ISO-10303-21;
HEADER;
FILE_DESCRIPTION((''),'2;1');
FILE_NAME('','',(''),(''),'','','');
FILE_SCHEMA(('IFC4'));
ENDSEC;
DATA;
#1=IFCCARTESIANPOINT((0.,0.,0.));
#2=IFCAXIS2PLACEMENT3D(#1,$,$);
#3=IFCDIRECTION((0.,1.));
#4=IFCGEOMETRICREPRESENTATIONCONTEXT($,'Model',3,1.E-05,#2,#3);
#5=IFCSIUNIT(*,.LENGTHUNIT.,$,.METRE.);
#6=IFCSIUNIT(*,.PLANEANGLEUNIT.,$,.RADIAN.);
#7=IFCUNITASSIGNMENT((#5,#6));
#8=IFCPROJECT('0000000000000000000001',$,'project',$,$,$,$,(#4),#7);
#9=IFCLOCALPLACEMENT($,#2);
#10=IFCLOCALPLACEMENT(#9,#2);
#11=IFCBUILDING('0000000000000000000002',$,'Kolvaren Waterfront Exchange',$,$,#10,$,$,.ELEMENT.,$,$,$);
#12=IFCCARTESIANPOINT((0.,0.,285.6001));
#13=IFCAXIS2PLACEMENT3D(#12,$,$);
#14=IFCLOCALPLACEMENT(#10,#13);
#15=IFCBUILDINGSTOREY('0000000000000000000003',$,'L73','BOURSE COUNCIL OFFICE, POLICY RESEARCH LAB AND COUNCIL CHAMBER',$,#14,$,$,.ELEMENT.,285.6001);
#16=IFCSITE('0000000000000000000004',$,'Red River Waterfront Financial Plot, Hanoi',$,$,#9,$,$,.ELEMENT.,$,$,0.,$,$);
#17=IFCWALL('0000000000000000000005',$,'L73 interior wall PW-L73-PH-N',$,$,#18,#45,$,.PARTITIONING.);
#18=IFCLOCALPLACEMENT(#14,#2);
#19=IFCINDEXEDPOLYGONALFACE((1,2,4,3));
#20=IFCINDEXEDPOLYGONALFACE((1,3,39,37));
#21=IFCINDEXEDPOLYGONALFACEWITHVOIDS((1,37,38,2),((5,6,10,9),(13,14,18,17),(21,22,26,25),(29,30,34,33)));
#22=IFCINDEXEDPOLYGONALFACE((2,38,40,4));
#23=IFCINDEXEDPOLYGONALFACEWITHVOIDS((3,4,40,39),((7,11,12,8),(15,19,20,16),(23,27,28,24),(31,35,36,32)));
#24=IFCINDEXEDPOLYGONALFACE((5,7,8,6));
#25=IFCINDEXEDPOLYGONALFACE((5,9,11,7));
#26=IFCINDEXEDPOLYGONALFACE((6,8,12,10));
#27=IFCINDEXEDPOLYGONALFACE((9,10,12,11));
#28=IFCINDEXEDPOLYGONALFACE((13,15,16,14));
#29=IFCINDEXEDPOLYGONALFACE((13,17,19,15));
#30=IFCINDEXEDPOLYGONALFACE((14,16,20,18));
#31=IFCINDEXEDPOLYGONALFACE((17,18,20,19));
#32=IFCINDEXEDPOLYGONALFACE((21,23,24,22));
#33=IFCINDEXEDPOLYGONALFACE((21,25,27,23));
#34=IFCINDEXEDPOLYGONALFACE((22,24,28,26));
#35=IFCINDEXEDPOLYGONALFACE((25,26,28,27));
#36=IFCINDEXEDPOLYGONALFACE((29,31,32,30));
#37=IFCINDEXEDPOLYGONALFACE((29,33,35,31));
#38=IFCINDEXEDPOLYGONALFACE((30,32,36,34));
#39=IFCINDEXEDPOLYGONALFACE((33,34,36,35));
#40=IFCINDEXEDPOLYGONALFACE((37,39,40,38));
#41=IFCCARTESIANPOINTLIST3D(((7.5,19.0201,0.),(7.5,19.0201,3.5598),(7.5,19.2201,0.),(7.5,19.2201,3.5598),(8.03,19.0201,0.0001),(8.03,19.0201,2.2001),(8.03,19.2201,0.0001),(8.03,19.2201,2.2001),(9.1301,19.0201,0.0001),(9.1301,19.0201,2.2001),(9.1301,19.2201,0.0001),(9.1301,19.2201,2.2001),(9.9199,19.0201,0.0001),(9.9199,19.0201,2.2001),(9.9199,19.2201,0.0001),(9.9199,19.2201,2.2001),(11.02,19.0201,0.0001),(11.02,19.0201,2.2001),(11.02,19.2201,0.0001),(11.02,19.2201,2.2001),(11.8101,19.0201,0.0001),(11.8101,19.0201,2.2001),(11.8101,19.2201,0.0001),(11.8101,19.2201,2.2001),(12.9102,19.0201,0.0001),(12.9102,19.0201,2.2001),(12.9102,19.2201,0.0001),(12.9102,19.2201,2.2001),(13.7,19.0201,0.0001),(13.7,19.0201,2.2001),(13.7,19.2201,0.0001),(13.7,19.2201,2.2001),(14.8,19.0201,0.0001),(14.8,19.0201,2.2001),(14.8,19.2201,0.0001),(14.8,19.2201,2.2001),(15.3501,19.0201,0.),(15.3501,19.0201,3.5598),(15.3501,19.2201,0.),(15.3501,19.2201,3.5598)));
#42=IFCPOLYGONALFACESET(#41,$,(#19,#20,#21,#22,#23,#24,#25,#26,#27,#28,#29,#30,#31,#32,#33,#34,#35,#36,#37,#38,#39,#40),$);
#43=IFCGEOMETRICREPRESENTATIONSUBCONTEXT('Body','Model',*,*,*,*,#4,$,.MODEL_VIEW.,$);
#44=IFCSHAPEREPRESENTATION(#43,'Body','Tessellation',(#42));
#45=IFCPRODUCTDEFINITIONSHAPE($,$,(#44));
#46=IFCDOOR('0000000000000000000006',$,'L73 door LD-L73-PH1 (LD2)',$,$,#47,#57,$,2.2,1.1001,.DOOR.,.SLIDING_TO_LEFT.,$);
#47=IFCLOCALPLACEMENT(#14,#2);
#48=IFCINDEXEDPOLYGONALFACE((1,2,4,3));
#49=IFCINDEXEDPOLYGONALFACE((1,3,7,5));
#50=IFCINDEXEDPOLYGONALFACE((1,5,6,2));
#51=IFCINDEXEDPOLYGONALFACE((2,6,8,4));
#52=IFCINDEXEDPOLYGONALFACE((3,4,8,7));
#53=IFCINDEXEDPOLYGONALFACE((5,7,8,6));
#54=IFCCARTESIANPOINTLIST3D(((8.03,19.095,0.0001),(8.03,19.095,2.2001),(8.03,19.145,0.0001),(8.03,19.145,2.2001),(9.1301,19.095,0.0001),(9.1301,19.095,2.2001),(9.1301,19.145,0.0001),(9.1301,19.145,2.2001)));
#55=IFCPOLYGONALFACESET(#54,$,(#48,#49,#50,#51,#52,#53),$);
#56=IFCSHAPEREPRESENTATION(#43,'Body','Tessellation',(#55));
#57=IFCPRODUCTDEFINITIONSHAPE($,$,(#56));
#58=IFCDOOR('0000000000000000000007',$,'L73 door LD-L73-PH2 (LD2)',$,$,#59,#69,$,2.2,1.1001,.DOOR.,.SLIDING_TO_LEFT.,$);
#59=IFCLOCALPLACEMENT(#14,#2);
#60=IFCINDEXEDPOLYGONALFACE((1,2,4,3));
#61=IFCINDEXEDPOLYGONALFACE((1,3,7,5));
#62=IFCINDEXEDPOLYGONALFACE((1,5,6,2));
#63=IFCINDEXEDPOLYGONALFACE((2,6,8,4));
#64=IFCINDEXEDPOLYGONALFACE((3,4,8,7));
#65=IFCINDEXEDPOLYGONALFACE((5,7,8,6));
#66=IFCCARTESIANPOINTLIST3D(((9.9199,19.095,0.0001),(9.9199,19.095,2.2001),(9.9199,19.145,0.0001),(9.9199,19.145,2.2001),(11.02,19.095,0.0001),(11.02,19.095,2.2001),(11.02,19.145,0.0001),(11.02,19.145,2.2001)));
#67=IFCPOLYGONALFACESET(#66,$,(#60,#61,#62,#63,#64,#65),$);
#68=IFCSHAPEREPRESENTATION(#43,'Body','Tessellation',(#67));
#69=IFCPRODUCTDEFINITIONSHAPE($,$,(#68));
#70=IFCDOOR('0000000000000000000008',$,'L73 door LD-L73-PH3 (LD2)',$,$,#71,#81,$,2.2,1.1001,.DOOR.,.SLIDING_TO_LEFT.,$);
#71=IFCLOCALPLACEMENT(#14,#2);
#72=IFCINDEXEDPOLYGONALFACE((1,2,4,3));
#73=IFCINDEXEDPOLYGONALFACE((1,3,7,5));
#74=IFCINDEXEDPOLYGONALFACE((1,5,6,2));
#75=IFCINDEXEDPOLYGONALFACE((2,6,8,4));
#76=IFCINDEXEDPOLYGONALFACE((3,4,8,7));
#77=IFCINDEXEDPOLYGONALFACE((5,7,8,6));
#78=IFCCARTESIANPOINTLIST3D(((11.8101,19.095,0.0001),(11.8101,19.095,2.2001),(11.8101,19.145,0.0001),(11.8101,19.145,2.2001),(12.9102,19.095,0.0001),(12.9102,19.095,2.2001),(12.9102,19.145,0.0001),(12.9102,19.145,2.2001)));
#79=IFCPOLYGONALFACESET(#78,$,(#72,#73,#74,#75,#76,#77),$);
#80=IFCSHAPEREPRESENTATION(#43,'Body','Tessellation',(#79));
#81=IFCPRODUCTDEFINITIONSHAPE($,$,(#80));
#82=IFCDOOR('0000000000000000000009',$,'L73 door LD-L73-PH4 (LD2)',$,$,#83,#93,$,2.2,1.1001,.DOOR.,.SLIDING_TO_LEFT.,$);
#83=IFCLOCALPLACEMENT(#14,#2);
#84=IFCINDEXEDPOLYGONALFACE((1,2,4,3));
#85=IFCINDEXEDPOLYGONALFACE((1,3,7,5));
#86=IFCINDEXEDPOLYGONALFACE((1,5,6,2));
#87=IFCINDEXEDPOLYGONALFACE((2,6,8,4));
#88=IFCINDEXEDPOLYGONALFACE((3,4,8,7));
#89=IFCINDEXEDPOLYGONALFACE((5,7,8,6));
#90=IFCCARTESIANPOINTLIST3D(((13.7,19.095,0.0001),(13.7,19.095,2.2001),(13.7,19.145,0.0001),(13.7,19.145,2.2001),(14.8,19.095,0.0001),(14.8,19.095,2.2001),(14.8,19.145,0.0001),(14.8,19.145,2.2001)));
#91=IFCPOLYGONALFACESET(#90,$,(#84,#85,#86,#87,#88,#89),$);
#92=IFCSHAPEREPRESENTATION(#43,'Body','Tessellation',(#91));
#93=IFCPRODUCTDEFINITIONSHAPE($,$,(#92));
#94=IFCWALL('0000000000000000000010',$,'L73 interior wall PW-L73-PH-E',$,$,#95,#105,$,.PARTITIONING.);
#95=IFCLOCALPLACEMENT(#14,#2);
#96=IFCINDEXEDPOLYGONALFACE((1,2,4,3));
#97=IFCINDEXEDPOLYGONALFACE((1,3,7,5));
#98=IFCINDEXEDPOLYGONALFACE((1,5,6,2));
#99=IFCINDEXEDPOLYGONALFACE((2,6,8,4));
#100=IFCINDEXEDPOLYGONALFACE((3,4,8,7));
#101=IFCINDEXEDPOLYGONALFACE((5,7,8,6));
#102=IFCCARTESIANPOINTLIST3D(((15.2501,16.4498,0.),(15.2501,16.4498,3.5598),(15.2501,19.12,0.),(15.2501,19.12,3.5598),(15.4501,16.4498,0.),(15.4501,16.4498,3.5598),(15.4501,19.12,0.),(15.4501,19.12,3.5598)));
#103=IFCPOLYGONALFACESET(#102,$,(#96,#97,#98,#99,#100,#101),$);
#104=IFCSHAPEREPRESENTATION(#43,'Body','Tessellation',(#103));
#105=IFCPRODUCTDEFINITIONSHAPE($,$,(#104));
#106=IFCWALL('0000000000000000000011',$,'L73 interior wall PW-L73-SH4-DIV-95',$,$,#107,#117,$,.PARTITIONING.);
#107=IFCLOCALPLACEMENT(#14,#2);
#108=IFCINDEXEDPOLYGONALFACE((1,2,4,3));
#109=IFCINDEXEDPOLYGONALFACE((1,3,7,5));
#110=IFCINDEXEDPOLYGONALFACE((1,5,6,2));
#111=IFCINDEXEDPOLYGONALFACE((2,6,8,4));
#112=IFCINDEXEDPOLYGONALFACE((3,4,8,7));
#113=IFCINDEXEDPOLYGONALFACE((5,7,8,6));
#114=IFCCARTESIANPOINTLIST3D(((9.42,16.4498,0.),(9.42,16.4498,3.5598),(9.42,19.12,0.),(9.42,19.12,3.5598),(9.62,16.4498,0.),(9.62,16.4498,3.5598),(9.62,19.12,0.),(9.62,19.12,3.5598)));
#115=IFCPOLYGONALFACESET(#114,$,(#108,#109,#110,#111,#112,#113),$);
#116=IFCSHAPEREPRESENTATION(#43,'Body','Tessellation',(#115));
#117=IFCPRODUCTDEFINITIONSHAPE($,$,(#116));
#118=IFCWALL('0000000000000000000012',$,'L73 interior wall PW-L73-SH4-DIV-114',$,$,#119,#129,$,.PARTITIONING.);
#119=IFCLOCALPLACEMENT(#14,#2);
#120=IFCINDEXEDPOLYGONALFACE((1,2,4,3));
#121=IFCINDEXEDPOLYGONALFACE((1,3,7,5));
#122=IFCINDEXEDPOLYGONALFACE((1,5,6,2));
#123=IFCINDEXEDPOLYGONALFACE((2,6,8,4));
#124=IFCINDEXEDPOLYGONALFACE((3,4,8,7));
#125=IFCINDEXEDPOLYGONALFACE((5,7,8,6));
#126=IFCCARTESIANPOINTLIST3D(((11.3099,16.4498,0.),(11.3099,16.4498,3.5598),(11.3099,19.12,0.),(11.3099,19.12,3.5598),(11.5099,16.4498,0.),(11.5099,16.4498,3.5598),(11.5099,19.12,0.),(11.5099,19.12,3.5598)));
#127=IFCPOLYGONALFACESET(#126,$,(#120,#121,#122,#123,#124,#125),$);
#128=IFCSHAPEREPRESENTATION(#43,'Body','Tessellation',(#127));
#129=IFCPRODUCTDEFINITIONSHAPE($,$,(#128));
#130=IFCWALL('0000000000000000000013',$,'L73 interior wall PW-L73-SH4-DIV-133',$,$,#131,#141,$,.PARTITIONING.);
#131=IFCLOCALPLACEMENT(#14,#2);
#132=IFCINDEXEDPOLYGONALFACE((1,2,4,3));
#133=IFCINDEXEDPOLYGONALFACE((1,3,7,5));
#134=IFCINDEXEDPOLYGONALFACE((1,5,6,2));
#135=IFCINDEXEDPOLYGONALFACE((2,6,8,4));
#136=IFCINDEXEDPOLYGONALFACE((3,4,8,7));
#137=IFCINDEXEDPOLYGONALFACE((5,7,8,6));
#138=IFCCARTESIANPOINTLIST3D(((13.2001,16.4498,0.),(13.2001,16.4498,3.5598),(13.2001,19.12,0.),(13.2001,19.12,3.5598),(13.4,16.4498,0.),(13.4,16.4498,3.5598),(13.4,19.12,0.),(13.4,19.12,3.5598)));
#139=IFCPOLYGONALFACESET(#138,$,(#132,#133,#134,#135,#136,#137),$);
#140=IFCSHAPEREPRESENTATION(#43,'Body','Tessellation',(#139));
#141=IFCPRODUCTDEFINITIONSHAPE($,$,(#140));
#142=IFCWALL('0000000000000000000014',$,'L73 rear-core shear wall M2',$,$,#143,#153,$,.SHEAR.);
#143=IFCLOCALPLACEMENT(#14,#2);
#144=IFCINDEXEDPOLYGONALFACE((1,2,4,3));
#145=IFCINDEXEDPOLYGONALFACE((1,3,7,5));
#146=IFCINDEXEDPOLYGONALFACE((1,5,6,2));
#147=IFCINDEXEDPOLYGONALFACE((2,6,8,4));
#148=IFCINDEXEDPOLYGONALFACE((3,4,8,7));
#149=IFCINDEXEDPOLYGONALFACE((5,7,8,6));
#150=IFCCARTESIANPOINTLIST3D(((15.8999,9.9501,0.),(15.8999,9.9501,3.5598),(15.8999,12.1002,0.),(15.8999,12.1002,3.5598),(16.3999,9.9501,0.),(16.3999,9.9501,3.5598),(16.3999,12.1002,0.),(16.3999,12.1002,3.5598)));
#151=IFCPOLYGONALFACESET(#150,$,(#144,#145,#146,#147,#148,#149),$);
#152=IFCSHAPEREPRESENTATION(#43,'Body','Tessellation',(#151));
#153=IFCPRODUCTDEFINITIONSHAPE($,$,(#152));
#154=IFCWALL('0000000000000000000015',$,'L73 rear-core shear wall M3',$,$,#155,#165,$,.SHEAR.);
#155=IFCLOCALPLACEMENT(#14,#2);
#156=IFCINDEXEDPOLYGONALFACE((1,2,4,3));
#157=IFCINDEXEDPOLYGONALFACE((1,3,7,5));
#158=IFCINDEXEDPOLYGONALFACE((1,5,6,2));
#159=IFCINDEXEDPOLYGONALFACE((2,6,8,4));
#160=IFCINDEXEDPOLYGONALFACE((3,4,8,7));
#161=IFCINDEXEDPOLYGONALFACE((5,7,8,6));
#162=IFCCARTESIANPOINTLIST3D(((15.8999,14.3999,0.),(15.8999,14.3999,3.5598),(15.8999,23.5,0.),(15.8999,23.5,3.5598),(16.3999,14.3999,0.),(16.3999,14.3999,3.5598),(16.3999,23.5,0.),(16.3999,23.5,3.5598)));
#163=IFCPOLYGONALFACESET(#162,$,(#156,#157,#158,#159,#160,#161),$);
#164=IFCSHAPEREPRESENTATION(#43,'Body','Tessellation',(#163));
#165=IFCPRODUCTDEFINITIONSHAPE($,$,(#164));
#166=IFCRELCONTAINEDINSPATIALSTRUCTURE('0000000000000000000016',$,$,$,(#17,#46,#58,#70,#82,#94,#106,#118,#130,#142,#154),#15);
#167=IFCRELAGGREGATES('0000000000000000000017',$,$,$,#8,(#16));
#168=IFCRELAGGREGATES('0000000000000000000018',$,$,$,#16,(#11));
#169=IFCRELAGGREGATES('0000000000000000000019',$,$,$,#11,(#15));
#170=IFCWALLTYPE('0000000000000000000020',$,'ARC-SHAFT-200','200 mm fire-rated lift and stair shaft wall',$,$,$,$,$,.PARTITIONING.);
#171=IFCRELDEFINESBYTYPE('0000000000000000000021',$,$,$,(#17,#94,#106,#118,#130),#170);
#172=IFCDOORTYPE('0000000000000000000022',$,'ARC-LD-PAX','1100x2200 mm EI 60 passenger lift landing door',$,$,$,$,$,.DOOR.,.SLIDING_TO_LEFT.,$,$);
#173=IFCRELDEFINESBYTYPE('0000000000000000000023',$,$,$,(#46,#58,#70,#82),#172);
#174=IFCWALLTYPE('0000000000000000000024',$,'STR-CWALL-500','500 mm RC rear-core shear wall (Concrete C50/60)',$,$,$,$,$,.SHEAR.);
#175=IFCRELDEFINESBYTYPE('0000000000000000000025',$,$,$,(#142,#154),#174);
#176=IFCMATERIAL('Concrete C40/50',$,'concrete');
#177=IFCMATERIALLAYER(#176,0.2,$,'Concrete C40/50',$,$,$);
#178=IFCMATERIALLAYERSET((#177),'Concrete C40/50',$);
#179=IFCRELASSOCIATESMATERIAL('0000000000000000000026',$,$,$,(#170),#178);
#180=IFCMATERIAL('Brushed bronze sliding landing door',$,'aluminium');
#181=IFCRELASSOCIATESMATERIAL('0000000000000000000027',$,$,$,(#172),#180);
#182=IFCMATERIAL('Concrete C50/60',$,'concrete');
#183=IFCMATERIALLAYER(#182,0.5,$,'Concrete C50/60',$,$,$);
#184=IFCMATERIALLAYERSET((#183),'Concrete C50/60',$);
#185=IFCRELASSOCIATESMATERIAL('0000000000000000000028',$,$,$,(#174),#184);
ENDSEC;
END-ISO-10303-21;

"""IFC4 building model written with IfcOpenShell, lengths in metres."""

from ifc_helpers import new_model, si_unit, direction, frame, frame_2d, origin, place, context, subcontext, project, spatial, rectangle, extrude, material, layer, layer_set, type_object, element, fill, save


model = new_model("IFC4")

# Units and contexts
model_context = context("Model", 3, precision=1e-05, world=origin(), true_north=direction((0.0, 1.0)))
body_context = subcontext(model_context, "Body", "Model", "MODEL_VIEW")
ifc_project = project(units=[si_unit("LENGTHUNIT", "METRE"), si_unit("PLANEANGLEUNIT", "RADIAN")], contexts=[model_context])

# Site, building, storey
site_placement = place(None, origin())
site = spatial("IfcSite", under=ifc_project, at=site_placement, Name="Red River Waterfront Financial Plot, Hanoi", CompositionType="ELEMENT", RefElevation=0.0)
building_placement = place(site_placement, origin())
building = spatial("IfcBuilding", under=site, at=building_placement, Name="Kolvaren Waterfront Exchange", CompositionType="ELEMENT")
storey_placement = place(building_placement, frame((0.0, 0.0, 285.6001)))
storey = spatial("IfcBuildingStorey", under=building, at=storey_placement, Name="L73", Description="BOURSE COUNCIL OFFICE, POLICY RESEARCH LAB AND COUNCIL CHAMBER", CompositionType="ELEMENT", Elevation=285.6001)

# Wall, openings, doors
ifc_material_1 = material(Name="Concrete C40/50", Category="concrete")
ifc_layer_1 = layer(ifc_material_1, 0.2, Name="Concrete C40/50")
ifc_layer_set_1 = layer_set([ifc_layer_1], Name="Concrete C40/50")
wall_type_1 = type_object("IfcWallType", Name="ARC-SHAFT-200", Description="200 mm fire-rated lift and stair shaft wall", PredefinedType="PARTITIONING", material=ifc_layer_set_1)
wall_1_placement = place(storey_placement, frame((7.5, 19.1201, 0.0), z_axis=(0.0, 0.0, 1.0), x_axis=(1.0, 0.0, 0.0)))
wall_1 = element("IfcWall", 1, at=wall_1_placement, inside=storey, type_object=wall_type_1, Name="L73 interior wall PW-L73-PH-N", PredefinedType="PARTITIONING", context=body_context, shape_type="SweptSolid", body=[
    extrude(rectangle(XDim=7.8501, YDim=0.2, at=frame_2d((3.925, 0.0))), origin(), (0.0, 0.0, 1.0), 3.5598),
])
opening_1_placement = place(wall_1_placement, frame((0.53, 0.0, 0.0)))
opening_1 = element("IfcOpeningElement", 2, at=opening_1_placement, cuts=wall_1, PredefinedType="OPENING", context=body_context, shape_type="SweptSolid", body=[
    extrude(rectangle(XDim=1.1001, YDim=2.2, at=frame_2d((0.55, 1.1001))), frame((0.0, 0.1099, 0.0), z_axis=(0.0, -1.0, 0.0), x_axis=(1.0, 0.0, 0.0)), (0.0, 0.0, 1.0), 0.22),
])
opening_2_placement = place(wall_1_placement, frame((2.4199, 0.0, 0.0)))
opening_2 = element("IfcOpeningElement", 3, at=opening_2_placement, cuts=wall_1, PredefinedType="OPENING", context=body_context, shape_type="SweptSolid", body=[
    extrude(rectangle(XDim=1.1001, YDim=2.2, at=frame_2d((0.55, 1.1001))), frame((0.0, 0.1099, 0.0), z_axis=(0.0, -1.0, 0.0), x_axis=(1.0, 0.0, 0.0)), (0.0, 0.0, 1.0), 0.22),
])
opening_3_placement = place(wall_1_placement, frame((4.3101, 0.0, 0.0)))
opening_3 = element("IfcOpeningElement", 4, at=opening_3_placement, cuts=wall_1, PredefinedType="OPENING", context=body_context, shape_type="SweptSolid", body=[
    extrude(rectangle(XDim=1.1001, YDim=2.2, at=frame_2d((0.55, 1.1001))), frame((0.0, 0.1099, 0.0), z_axis=(0.0, -1.0, 0.0), x_axis=(1.0, 0.0, 0.0)), (0.0, 0.0, 1.0), 0.22),
])
opening_4_placement = place(wall_1_placement, frame((6.2, 0.0, 0.0)))
opening_4 = element("IfcOpeningElement", 5, at=opening_4_placement, cuts=wall_1, PredefinedType="OPENING", context=body_context, shape_type="SweptSolid", body=[
    extrude(rectangle(XDim=1.1001, YDim=2.2, at=frame_2d((0.55, 1.1001))), frame((0.0, 0.1099, 0.0), z_axis=(0.0, -1.0, 0.0), x_axis=(1.0, 0.0, 0.0)), (0.0, 0.0, 1.0), 0.22),
])
ifc_material_2 = material(Name="Brushed bronze sliding landing door", Category="aluminium")
door_type_1 = type_object("IfcDoorType", Name="ARC-LD-PAX", Description="1100x2200 mm EI 60 passenger lift landing door", OperationType="SLIDING_TO_LEFT", PredefinedType="DOOR", material=ifc_material_2)
door_1_placement = place(opening_1_placement, origin())
door_1 = element("IfcDoor", 6, at=door_1_placement, inside=storey, type_object=door_type_1, Name="L73 door LD-L73-PH1 (LD2)", OperationType="SLIDING_TO_LEFT", OverallHeight=2.2, OverallWidth=1.1001, PredefinedType="DOOR", context=body_context, shape_type="SweptSolid", body=[
    extrude(rectangle(XDim=1.1001, YDim=2.2, at=frame_2d((0.55, 1.1001))), frame((0.0, 0.0249, 0.0), z_axis=(0.0, -1.0, 0.0), x_axis=(1.0, 0.0, 0.0)), (0.0, 0.0, 1.0), 0.05),
])
fill(opening_1, door_1)
door_2_placement = place(opening_2_placement, origin())
door_2 = element("IfcDoor", 7, at=door_2_placement, inside=storey, type_object=door_type_1, Name="L73 door LD-L73-PH2 (LD2)", OperationType="SLIDING_TO_LEFT", OverallHeight=2.2, OverallWidth=1.1001, PredefinedType="DOOR", context=body_context, shape_type="SweptSolid", body=[
    extrude(rectangle(XDim=1.1001, YDim=2.2, at=frame_2d((0.55, 1.1001))), frame((0.0, 0.0249, 0.0), z_axis=(0.0, -1.0, 0.0), x_axis=(1.0, 0.0, 0.0)), (0.0, 0.0, 1.0), 0.05),
])
fill(opening_2, door_2)
door_3_placement = place(opening_3_placement, origin())
door_3 = element("IfcDoor", 8, at=door_3_placement, inside=storey, type_object=door_type_1, Name="L73 door LD-L73-PH3 (LD2)", OperationType="SLIDING_TO_LEFT", OverallHeight=2.2, OverallWidth=1.1001, PredefinedType="DOOR", context=body_context, shape_type="SweptSolid", body=[
    extrude(rectangle(XDim=1.1001, YDim=2.2, at=frame_2d((0.55, 1.1001))), frame((0.0, 0.0249, 0.0), z_axis=(0.0, -1.0, 0.0), x_axis=(1.0, 0.0, 0.0)), (0.0, 0.0, 1.0), 0.05),
])
fill(opening_3, door_3)
door_4_placement = place(opening_4_placement, origin())
door_4 = element("IfcDoor", 9, at=door_4_placement, inside=storey, type_object=door_type_1, Name="L73 door LD-L73-PH4 (LD2)", OperationType="SLIDING_TO_LEFT", OverallHeight=2.2, OverallWidth=1.1001, PredefinedType="DOOR", context=body_context, shape_type="SweptSolid", body=[
    extrude(rectangle(XDim=1.1001, YDim=2.2, at=frame_2d((0.55, 1.1001))), frame((0.0, 0.0249, 0.0), z_axis=(0.0, -1.0, 0.0), x_axis=(1.0, 0.0, 0.0)), (0.0, 0.0, 1.0), 0.05),
])
fill(opening_4, door_4)

# Walls
for number, where, z_axis, x_axis, name in (
    (10, (15.3501, 16.45, 0.0), (0.0, 0.0, 1.0), (0.0, 1.0, 0.0), "L73 interior wall PW-L73-PH-E"),
    (11, (9.52, 16.45, 0.0), (0.0, 0.0, 1.0), (0.0, 1.0, 0.0), "L73 interior wall PW-L73-SH4-DIV-95"),
    (12, (11.4099, 16.45, 0.0), (0.0, 0.0, 1.0), (0.0, 1.0, 0.0), "L73 interior wall PW-L73-SH4-DIV-114"),
    (13, (13.3, 16.45, 0.0), (0.0, 0.0, 1.0), (0.0, 1.0, 0.0), "L73 interior wall PW-L73-SH4-DIV-133"),
):
    element("IfcWall", number, at=place(storey_placement, frame(where, z_axis=z_axis, x_axis=x_axis)), inside=storey, type_object=wall_type_1, Name=name, PredefinedType="PARTITIONING", context=body_context, shape_type="SweptSolid", body=[
        extrude(rectangle(XDim=2.6702, YDim=0.2, at=frame_2d((1.335, 0.0))), origin(), (0.0, 0.0, 1.0), 3.5598),
    ])
ifc_material_3 = material(Name="Concrete C50/60", Category="concrete")
ifc_layer_2 = layer(ifc_material_3, 0.5, Name="Concrete C50/60")
ifc_layer_set_2 = layer_set([ifc_layer_2], Name="Concrete C50/60")
wall_type_2 = type_object("IfcWallType", Name="STR-CWALL-500", Description="500 mm RC rear-core shear wall (Concrete C50/60)", PredefinedType="SHEAR", material=ifc_layer_set_2)
wall_2_placement = place(storey_placement, frame((16.1499, 9.95, 0.0), z_axis=(0.0, 0.0, 1.0), x_axis=(0.0, 1.0, 0.0)))
element("IfcWall", 14, at=wall_2_placement, inside=storey, type_object=wall_type_2, Name="L73 rear-core shear wall M2", PredefinedType="SHEAR", context=body_context, shape_type="SweptSolid", body=[
    extrude(rectangle(XDim=2.1501, YDim=0.5, at=frame_2d((1.0752, 0.0))), origin(), (0.0, 0.0, 1.0), 3.5598),
])
wall_3_placement = place(storey_placement, frame((16.1499, 14.3999, 0.0), z_axis=(0.0, 0.0, 1.0), x_axis=(0.0, 1.0, 0.0)))
element("IfcWall", 15, at=wall_3_placement, inside=storey, type_object=wall_type_2, Name="L73 rear-core shear wall M3", PredefinedType="SHEAR", context=body_context, shape_type="SweptSolid", body=[
    extrude(rectangle(XDim=9.1001, YDim=0.5, at=frame_2d((4.55, 0.0))), origin(), (0.0, 0.0, 1.0), 3.5598),
])

save(model, "model.ifc")
